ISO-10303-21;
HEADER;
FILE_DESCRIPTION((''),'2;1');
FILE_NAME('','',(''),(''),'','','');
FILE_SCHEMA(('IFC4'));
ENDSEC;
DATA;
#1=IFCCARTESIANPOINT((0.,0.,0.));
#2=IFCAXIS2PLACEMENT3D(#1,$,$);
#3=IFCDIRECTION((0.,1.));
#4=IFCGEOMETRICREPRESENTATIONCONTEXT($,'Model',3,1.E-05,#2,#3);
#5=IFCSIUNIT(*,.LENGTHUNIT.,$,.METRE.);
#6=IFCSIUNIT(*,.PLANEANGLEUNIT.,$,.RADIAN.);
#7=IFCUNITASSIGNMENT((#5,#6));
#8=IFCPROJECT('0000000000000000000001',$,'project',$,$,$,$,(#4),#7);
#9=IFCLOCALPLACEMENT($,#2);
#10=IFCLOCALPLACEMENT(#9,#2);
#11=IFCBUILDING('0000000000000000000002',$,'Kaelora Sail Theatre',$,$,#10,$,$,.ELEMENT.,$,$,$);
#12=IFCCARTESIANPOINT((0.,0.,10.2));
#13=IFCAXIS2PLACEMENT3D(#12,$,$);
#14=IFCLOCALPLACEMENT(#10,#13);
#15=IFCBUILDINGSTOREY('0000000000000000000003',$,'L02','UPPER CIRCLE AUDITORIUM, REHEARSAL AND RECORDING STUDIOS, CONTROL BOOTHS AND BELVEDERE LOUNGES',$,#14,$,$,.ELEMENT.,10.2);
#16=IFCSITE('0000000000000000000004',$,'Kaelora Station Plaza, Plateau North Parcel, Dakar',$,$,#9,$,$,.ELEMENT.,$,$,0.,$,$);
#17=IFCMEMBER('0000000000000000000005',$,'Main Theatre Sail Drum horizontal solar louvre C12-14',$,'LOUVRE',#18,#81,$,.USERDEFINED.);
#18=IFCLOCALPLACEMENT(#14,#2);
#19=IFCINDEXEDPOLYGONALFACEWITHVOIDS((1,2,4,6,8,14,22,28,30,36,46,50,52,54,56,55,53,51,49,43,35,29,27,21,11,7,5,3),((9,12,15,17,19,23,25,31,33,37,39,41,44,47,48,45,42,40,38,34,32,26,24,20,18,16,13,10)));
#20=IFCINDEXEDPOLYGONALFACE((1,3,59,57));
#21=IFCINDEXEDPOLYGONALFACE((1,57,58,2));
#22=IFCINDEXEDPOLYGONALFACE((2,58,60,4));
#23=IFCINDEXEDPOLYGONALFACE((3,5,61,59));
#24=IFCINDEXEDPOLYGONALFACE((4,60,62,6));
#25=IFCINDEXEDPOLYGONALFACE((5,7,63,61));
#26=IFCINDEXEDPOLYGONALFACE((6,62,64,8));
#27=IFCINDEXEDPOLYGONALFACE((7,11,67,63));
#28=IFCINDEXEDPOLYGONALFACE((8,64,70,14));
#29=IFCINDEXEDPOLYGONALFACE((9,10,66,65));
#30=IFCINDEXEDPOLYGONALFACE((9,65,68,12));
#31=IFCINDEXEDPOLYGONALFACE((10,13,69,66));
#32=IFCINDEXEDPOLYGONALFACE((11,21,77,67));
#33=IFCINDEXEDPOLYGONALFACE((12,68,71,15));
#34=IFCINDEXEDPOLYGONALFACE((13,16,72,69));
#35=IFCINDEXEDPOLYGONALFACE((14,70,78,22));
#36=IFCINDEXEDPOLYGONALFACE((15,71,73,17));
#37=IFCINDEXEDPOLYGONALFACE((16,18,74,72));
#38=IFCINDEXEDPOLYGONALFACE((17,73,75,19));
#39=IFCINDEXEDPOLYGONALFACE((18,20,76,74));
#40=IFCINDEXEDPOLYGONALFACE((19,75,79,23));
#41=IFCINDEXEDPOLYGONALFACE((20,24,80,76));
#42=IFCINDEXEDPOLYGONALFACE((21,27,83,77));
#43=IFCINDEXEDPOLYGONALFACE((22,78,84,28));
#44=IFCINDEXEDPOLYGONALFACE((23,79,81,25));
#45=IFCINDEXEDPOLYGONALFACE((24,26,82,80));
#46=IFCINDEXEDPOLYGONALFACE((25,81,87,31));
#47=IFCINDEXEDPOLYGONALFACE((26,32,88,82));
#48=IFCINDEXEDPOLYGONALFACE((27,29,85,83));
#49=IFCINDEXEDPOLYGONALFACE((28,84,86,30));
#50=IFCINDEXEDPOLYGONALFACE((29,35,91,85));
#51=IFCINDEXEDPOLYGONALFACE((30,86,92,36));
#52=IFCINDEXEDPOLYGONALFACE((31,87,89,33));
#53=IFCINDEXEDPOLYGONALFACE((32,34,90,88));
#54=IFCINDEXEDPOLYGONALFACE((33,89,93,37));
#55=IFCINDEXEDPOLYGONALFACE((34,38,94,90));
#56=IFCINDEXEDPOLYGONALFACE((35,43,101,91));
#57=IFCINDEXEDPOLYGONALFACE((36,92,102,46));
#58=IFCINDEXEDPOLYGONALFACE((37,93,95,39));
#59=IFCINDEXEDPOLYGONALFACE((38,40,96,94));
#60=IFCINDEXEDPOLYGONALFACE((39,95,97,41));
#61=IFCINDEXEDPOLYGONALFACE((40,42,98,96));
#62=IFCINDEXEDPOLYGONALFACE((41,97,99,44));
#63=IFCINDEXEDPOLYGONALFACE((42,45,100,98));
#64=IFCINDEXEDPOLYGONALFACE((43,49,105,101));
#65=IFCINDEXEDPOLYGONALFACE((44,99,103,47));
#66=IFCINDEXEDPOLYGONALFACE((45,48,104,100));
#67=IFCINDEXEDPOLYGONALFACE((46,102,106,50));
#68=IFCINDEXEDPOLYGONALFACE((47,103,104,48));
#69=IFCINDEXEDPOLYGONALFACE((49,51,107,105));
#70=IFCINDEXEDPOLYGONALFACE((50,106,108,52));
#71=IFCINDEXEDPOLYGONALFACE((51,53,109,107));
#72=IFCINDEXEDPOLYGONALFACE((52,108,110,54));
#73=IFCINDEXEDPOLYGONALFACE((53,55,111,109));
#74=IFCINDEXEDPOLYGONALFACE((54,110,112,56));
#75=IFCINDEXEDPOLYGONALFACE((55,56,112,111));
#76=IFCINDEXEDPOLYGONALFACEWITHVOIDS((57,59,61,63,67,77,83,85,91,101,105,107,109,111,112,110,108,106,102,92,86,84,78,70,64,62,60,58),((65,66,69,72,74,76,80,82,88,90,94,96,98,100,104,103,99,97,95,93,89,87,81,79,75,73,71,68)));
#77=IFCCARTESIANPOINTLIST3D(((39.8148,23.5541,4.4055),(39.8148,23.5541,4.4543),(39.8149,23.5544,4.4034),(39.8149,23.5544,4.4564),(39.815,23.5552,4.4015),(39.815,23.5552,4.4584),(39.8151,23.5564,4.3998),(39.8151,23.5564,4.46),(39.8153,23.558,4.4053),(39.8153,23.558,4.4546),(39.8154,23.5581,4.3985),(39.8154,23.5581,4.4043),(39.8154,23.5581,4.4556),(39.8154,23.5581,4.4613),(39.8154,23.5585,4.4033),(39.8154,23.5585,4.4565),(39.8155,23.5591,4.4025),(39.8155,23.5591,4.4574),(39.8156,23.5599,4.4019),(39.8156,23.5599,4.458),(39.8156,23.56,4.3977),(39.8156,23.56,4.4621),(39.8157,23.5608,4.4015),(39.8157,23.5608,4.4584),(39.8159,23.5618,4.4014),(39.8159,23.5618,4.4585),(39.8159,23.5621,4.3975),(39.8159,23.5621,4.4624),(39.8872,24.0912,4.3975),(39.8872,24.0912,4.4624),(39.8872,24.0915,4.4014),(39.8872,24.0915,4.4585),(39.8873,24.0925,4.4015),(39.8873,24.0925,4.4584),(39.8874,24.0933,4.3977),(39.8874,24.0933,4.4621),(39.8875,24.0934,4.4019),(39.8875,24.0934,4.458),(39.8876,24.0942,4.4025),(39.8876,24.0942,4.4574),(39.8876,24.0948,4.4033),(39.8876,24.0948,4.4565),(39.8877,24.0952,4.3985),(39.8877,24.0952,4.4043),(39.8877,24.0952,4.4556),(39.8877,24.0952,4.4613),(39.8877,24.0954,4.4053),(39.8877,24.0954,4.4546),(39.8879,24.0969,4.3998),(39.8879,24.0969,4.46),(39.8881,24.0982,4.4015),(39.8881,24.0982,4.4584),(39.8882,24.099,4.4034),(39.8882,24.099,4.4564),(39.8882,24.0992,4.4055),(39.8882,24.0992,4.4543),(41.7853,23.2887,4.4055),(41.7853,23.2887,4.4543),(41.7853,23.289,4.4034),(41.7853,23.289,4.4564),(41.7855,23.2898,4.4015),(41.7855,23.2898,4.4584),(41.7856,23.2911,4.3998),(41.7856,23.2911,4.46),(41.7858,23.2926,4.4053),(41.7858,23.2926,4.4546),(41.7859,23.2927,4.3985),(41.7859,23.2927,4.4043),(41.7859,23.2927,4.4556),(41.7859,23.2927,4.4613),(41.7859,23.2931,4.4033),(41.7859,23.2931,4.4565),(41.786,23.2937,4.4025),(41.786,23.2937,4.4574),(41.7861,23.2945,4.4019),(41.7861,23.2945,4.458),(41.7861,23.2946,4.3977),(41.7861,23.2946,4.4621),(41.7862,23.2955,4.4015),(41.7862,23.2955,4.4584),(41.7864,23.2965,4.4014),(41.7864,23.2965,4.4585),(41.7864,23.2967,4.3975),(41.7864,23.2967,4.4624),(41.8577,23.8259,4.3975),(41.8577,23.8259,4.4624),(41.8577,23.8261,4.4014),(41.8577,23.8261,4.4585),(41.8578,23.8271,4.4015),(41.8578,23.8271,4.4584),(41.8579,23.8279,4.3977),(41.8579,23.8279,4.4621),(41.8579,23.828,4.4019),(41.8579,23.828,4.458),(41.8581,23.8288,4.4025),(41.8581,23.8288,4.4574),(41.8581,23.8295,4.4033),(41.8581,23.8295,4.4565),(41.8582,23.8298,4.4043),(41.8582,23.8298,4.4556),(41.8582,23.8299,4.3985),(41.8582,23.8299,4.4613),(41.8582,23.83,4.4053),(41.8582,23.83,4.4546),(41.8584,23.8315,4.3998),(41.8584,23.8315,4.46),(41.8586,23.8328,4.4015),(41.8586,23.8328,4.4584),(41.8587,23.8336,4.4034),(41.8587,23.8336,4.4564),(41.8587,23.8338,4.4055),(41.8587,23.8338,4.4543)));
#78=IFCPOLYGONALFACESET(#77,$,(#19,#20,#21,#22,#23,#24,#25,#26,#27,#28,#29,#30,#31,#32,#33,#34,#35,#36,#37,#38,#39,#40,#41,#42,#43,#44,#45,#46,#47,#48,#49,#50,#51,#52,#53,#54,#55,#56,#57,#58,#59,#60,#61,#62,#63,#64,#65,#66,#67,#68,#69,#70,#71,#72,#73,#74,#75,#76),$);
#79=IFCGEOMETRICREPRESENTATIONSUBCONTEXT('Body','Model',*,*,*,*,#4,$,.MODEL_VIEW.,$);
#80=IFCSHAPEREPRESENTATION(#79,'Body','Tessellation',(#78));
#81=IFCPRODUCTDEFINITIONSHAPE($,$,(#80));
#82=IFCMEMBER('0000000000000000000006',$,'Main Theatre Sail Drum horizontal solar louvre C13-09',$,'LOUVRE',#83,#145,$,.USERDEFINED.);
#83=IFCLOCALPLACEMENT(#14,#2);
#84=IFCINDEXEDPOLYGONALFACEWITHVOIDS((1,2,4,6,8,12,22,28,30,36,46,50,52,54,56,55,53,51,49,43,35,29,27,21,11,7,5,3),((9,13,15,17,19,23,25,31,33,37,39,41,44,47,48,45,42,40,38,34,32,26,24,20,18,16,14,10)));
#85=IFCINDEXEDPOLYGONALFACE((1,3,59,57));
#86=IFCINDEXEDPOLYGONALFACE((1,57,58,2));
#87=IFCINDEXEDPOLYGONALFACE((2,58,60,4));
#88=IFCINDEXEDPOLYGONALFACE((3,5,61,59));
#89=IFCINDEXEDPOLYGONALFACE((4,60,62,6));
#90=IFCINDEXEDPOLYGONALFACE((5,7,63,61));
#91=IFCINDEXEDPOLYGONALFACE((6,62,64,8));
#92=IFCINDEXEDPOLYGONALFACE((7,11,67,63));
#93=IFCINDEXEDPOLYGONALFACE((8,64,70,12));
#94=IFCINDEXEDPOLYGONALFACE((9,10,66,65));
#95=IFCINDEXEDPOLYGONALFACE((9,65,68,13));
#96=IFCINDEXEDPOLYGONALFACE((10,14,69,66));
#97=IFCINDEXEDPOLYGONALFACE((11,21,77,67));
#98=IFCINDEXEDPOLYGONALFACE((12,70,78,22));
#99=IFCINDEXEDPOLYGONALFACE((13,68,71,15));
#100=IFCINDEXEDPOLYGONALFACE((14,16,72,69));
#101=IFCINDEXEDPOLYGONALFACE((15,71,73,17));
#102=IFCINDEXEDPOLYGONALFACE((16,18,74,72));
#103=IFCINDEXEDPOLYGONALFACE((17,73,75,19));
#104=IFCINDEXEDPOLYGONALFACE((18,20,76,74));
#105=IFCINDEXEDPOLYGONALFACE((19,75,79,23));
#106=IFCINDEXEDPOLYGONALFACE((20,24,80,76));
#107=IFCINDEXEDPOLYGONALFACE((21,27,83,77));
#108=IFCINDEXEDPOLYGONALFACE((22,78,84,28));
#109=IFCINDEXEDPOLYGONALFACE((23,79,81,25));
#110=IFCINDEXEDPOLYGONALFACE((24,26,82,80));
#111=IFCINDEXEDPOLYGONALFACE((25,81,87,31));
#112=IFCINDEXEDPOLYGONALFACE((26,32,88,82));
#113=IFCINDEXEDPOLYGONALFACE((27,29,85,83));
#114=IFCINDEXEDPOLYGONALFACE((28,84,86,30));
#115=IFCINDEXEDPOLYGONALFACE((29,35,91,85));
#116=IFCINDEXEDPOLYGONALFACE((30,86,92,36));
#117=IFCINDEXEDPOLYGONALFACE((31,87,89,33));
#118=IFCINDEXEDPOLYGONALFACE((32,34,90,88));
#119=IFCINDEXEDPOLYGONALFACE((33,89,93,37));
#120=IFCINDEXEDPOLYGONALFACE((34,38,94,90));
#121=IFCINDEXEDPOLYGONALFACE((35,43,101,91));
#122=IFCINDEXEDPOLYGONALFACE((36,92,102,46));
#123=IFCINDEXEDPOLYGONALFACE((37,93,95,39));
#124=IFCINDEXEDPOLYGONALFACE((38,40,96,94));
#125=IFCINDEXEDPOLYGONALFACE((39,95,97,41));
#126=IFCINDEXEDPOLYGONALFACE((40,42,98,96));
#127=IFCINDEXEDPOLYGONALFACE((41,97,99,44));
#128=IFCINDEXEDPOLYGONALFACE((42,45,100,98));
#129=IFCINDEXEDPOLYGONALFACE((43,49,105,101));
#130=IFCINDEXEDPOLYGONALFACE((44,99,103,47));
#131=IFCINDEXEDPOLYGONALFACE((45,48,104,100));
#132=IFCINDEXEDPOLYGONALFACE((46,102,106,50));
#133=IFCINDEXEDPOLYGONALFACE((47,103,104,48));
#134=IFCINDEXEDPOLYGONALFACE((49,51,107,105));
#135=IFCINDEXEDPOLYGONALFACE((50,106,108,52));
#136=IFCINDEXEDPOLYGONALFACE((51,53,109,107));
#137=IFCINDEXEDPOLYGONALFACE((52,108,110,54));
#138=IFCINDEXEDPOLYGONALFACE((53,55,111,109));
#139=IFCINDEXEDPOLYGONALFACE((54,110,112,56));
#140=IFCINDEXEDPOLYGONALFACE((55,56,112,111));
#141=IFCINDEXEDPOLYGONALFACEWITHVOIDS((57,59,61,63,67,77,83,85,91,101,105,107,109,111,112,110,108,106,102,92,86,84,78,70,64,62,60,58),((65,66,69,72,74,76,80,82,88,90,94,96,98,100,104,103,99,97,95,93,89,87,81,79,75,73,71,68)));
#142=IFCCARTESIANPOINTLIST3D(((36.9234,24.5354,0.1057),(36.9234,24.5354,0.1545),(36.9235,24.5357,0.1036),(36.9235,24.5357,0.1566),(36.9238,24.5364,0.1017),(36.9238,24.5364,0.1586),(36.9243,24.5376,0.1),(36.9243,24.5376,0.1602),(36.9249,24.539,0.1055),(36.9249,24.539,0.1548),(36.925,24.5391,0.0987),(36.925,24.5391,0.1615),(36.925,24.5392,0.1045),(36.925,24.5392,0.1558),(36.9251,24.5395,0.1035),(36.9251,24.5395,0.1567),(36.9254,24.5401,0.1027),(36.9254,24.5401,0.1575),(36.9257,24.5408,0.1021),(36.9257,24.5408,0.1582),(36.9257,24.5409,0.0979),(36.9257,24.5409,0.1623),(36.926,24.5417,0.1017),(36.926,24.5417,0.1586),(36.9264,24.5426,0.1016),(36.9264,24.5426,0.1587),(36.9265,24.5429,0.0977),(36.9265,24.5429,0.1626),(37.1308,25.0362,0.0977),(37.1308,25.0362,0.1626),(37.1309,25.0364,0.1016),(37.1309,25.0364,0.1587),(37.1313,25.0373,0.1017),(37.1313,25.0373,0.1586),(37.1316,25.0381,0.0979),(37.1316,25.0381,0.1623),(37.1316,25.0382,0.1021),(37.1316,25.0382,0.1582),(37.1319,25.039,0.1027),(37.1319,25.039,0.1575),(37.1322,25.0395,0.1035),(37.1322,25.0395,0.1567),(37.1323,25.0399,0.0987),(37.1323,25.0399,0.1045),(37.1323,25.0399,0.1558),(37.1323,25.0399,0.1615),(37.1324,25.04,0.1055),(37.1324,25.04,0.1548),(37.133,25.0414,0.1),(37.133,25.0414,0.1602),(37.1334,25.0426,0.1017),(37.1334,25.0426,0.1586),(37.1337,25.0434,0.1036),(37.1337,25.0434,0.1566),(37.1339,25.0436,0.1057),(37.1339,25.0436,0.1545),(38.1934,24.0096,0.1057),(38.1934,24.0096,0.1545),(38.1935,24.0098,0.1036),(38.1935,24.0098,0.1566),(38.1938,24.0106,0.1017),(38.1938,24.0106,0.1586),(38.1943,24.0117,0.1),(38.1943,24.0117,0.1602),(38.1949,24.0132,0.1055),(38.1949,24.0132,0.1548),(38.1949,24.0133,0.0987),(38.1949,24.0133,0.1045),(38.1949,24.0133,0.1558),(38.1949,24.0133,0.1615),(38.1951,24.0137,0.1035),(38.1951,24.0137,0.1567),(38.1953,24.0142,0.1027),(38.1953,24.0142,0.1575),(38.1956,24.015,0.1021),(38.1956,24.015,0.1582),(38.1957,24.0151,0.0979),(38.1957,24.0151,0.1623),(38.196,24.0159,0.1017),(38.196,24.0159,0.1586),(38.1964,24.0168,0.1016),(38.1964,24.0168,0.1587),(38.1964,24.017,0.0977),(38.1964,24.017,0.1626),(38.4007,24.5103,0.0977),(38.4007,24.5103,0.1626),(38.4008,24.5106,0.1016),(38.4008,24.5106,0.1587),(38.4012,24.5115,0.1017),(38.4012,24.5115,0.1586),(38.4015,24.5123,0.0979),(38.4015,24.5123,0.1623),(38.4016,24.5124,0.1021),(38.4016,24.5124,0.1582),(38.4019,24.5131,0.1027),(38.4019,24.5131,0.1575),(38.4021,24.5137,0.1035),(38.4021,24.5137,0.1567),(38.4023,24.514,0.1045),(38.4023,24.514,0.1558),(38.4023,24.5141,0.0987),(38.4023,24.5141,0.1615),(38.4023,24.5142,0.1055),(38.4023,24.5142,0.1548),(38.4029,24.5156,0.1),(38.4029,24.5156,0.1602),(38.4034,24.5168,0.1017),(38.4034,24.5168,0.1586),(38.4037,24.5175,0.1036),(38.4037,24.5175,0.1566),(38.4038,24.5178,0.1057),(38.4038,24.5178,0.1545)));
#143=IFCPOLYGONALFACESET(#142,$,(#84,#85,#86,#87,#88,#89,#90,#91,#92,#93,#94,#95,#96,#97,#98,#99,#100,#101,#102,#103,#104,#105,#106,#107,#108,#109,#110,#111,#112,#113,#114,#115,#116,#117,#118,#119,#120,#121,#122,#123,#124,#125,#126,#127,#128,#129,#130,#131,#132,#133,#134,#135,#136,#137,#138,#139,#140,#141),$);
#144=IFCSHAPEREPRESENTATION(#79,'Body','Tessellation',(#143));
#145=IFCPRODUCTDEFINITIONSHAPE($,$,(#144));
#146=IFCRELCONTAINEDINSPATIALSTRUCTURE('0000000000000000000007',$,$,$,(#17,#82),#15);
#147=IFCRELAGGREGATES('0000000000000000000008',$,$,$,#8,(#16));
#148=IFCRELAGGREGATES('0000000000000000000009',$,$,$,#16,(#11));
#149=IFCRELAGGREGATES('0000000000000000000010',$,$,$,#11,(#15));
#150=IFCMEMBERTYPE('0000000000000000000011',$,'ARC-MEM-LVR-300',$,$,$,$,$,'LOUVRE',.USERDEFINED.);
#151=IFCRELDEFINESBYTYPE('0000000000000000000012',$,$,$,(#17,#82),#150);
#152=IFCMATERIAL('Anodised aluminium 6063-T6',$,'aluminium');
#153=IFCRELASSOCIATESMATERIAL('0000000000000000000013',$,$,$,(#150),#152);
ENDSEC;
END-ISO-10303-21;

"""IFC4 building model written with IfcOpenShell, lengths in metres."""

from ifc_helpers import new_model, si_unit, direction, frame, origin, origin_2d, place, context, subcontext, project, spatial, hollow_rectangle, extrude, material, material_profile, profile_set, type_object, element, save


model = new_model("IFC4")

# Units and contexts
model_context = context("Model", 3, precision=1e-05, world=origin(), true_north=direction((0.0, 1.0)))
body_context = subcontext(model_context, "Body", "Model", "MODEL_VIEW")
ifc_project = project(units=[si_unit("LENGTHUNIT", "METRE"), si_unit("PLANEANGLEUNIT", "RADIAN")], contexts=[model_context])

# Site, building, storey
site_placement = place(None, origin())
site = spatial("IfcSite", under=ifc_project, at=site_placement, Name="Kaelora Station Plaza, Plateau North Parcel, Dakar", CompositionType="ELEMENT", RefElevation=0.0)
building_placement = place(site_placement, origin())
building = spatial("IfcBuilding", under=site, at=building_placement, Name="Kaelora Sail Theatre", CompositionType="ELEMENT")
storey_placement = place(building_placement, frame((0.0, 0.0, 10.2)))
storey = spatial("IfcBuildingStorey", under=building, at=storey_placement, Name="L02", Description="UPPER CIRCLE AUDITORIUM, REHEARSAL AND RECORDING STUDIOS, CONTROL BOOTHS AND BELVEDERE LOUNGES", CompositionType="ELEMENT", Elevation=10.2)

# Members
ifc_material_1 = material(Name="Anodised aluminium 6063-T6", Category="aluminium")
ifc_material_profile_1 = material_profile(ifc_material_1, hollow_rectangle(XDim=0.55, YDim=0.0649, WallThickness=0.0039, InnerFilletRadius=0.0039, OuterFilletRadius=0.0081, at=origin_2d()), Name="LOUVRE 550x65x4")
ifc_profile_set_1 = profile_set([ifc_material_profile_1], Name="Anodised aluminium 6063-T6")
member_type = type_object("IfcMemberType", Name="ARC-MEM-LVR-300", ElementType="LOUVRE", PredefinedType="USERDEFINED", material=ifc_profile_set_1)
for number, where, z_axis, x_axis, name in (
    (1, (41.822, 23.5613, 4.4299), (-0.991052, 0.133475, 0.0), (-0.133475, -0.991052, 0.0), "Main Theatre Sail Drum horizontal solar louvre C12-14"),
):
    element("IfcMember", number, at=place(storey_placement, frame(where, z_axis=z_axis, x_axis=x_axis)), inside=storey, type_object=member_type, Name=name, ObjectType="LOUVRE", PredefinedType="USERDEFINED", context=body_context, shape_type="SweptSolid", body=[
        extrude(hollow_rectangle(XDim=0.55, YDim=0.0649, WallThickness=0.0039, InnerFilletRadius=0.0039, OuterFilletRadius=0.0081, at=origin_2d()), origin(), (0.0, 0.0, 1.0), 1.9883),
    ])
for number, where, z_axis, x_axis, name in (
    (2, (38.2986, 24.2637, 0.1301), (-0.923926, 0.382571, 0.0), (-0.382571, -0.923926, 0.0), "Main Theatre Sail Drum horizontal solar louvre C13-09"),
):
    element("IfcMember", number, at=place(storey_placement, frame(where, z_axis=z_axis, x_axis=x_axis)), inside=storey, type_object=member_type, Name=name, ObjectType="LOUVRE", PredefinedType="USERDEFINED", context=body_context, shape_type="SweptSolid", body=[
        extrude(hollow_rectangle(XDim=0.55, YDim=0.0649, WallThickness=0.0039, InnerFilletRadius=0.0039, OuterFilletRadius=0.0081, at=origin_2d()), origin(), (0.0, 0.0, 1.0), 1.3745),
    ])

save(model, "model.ifc")
